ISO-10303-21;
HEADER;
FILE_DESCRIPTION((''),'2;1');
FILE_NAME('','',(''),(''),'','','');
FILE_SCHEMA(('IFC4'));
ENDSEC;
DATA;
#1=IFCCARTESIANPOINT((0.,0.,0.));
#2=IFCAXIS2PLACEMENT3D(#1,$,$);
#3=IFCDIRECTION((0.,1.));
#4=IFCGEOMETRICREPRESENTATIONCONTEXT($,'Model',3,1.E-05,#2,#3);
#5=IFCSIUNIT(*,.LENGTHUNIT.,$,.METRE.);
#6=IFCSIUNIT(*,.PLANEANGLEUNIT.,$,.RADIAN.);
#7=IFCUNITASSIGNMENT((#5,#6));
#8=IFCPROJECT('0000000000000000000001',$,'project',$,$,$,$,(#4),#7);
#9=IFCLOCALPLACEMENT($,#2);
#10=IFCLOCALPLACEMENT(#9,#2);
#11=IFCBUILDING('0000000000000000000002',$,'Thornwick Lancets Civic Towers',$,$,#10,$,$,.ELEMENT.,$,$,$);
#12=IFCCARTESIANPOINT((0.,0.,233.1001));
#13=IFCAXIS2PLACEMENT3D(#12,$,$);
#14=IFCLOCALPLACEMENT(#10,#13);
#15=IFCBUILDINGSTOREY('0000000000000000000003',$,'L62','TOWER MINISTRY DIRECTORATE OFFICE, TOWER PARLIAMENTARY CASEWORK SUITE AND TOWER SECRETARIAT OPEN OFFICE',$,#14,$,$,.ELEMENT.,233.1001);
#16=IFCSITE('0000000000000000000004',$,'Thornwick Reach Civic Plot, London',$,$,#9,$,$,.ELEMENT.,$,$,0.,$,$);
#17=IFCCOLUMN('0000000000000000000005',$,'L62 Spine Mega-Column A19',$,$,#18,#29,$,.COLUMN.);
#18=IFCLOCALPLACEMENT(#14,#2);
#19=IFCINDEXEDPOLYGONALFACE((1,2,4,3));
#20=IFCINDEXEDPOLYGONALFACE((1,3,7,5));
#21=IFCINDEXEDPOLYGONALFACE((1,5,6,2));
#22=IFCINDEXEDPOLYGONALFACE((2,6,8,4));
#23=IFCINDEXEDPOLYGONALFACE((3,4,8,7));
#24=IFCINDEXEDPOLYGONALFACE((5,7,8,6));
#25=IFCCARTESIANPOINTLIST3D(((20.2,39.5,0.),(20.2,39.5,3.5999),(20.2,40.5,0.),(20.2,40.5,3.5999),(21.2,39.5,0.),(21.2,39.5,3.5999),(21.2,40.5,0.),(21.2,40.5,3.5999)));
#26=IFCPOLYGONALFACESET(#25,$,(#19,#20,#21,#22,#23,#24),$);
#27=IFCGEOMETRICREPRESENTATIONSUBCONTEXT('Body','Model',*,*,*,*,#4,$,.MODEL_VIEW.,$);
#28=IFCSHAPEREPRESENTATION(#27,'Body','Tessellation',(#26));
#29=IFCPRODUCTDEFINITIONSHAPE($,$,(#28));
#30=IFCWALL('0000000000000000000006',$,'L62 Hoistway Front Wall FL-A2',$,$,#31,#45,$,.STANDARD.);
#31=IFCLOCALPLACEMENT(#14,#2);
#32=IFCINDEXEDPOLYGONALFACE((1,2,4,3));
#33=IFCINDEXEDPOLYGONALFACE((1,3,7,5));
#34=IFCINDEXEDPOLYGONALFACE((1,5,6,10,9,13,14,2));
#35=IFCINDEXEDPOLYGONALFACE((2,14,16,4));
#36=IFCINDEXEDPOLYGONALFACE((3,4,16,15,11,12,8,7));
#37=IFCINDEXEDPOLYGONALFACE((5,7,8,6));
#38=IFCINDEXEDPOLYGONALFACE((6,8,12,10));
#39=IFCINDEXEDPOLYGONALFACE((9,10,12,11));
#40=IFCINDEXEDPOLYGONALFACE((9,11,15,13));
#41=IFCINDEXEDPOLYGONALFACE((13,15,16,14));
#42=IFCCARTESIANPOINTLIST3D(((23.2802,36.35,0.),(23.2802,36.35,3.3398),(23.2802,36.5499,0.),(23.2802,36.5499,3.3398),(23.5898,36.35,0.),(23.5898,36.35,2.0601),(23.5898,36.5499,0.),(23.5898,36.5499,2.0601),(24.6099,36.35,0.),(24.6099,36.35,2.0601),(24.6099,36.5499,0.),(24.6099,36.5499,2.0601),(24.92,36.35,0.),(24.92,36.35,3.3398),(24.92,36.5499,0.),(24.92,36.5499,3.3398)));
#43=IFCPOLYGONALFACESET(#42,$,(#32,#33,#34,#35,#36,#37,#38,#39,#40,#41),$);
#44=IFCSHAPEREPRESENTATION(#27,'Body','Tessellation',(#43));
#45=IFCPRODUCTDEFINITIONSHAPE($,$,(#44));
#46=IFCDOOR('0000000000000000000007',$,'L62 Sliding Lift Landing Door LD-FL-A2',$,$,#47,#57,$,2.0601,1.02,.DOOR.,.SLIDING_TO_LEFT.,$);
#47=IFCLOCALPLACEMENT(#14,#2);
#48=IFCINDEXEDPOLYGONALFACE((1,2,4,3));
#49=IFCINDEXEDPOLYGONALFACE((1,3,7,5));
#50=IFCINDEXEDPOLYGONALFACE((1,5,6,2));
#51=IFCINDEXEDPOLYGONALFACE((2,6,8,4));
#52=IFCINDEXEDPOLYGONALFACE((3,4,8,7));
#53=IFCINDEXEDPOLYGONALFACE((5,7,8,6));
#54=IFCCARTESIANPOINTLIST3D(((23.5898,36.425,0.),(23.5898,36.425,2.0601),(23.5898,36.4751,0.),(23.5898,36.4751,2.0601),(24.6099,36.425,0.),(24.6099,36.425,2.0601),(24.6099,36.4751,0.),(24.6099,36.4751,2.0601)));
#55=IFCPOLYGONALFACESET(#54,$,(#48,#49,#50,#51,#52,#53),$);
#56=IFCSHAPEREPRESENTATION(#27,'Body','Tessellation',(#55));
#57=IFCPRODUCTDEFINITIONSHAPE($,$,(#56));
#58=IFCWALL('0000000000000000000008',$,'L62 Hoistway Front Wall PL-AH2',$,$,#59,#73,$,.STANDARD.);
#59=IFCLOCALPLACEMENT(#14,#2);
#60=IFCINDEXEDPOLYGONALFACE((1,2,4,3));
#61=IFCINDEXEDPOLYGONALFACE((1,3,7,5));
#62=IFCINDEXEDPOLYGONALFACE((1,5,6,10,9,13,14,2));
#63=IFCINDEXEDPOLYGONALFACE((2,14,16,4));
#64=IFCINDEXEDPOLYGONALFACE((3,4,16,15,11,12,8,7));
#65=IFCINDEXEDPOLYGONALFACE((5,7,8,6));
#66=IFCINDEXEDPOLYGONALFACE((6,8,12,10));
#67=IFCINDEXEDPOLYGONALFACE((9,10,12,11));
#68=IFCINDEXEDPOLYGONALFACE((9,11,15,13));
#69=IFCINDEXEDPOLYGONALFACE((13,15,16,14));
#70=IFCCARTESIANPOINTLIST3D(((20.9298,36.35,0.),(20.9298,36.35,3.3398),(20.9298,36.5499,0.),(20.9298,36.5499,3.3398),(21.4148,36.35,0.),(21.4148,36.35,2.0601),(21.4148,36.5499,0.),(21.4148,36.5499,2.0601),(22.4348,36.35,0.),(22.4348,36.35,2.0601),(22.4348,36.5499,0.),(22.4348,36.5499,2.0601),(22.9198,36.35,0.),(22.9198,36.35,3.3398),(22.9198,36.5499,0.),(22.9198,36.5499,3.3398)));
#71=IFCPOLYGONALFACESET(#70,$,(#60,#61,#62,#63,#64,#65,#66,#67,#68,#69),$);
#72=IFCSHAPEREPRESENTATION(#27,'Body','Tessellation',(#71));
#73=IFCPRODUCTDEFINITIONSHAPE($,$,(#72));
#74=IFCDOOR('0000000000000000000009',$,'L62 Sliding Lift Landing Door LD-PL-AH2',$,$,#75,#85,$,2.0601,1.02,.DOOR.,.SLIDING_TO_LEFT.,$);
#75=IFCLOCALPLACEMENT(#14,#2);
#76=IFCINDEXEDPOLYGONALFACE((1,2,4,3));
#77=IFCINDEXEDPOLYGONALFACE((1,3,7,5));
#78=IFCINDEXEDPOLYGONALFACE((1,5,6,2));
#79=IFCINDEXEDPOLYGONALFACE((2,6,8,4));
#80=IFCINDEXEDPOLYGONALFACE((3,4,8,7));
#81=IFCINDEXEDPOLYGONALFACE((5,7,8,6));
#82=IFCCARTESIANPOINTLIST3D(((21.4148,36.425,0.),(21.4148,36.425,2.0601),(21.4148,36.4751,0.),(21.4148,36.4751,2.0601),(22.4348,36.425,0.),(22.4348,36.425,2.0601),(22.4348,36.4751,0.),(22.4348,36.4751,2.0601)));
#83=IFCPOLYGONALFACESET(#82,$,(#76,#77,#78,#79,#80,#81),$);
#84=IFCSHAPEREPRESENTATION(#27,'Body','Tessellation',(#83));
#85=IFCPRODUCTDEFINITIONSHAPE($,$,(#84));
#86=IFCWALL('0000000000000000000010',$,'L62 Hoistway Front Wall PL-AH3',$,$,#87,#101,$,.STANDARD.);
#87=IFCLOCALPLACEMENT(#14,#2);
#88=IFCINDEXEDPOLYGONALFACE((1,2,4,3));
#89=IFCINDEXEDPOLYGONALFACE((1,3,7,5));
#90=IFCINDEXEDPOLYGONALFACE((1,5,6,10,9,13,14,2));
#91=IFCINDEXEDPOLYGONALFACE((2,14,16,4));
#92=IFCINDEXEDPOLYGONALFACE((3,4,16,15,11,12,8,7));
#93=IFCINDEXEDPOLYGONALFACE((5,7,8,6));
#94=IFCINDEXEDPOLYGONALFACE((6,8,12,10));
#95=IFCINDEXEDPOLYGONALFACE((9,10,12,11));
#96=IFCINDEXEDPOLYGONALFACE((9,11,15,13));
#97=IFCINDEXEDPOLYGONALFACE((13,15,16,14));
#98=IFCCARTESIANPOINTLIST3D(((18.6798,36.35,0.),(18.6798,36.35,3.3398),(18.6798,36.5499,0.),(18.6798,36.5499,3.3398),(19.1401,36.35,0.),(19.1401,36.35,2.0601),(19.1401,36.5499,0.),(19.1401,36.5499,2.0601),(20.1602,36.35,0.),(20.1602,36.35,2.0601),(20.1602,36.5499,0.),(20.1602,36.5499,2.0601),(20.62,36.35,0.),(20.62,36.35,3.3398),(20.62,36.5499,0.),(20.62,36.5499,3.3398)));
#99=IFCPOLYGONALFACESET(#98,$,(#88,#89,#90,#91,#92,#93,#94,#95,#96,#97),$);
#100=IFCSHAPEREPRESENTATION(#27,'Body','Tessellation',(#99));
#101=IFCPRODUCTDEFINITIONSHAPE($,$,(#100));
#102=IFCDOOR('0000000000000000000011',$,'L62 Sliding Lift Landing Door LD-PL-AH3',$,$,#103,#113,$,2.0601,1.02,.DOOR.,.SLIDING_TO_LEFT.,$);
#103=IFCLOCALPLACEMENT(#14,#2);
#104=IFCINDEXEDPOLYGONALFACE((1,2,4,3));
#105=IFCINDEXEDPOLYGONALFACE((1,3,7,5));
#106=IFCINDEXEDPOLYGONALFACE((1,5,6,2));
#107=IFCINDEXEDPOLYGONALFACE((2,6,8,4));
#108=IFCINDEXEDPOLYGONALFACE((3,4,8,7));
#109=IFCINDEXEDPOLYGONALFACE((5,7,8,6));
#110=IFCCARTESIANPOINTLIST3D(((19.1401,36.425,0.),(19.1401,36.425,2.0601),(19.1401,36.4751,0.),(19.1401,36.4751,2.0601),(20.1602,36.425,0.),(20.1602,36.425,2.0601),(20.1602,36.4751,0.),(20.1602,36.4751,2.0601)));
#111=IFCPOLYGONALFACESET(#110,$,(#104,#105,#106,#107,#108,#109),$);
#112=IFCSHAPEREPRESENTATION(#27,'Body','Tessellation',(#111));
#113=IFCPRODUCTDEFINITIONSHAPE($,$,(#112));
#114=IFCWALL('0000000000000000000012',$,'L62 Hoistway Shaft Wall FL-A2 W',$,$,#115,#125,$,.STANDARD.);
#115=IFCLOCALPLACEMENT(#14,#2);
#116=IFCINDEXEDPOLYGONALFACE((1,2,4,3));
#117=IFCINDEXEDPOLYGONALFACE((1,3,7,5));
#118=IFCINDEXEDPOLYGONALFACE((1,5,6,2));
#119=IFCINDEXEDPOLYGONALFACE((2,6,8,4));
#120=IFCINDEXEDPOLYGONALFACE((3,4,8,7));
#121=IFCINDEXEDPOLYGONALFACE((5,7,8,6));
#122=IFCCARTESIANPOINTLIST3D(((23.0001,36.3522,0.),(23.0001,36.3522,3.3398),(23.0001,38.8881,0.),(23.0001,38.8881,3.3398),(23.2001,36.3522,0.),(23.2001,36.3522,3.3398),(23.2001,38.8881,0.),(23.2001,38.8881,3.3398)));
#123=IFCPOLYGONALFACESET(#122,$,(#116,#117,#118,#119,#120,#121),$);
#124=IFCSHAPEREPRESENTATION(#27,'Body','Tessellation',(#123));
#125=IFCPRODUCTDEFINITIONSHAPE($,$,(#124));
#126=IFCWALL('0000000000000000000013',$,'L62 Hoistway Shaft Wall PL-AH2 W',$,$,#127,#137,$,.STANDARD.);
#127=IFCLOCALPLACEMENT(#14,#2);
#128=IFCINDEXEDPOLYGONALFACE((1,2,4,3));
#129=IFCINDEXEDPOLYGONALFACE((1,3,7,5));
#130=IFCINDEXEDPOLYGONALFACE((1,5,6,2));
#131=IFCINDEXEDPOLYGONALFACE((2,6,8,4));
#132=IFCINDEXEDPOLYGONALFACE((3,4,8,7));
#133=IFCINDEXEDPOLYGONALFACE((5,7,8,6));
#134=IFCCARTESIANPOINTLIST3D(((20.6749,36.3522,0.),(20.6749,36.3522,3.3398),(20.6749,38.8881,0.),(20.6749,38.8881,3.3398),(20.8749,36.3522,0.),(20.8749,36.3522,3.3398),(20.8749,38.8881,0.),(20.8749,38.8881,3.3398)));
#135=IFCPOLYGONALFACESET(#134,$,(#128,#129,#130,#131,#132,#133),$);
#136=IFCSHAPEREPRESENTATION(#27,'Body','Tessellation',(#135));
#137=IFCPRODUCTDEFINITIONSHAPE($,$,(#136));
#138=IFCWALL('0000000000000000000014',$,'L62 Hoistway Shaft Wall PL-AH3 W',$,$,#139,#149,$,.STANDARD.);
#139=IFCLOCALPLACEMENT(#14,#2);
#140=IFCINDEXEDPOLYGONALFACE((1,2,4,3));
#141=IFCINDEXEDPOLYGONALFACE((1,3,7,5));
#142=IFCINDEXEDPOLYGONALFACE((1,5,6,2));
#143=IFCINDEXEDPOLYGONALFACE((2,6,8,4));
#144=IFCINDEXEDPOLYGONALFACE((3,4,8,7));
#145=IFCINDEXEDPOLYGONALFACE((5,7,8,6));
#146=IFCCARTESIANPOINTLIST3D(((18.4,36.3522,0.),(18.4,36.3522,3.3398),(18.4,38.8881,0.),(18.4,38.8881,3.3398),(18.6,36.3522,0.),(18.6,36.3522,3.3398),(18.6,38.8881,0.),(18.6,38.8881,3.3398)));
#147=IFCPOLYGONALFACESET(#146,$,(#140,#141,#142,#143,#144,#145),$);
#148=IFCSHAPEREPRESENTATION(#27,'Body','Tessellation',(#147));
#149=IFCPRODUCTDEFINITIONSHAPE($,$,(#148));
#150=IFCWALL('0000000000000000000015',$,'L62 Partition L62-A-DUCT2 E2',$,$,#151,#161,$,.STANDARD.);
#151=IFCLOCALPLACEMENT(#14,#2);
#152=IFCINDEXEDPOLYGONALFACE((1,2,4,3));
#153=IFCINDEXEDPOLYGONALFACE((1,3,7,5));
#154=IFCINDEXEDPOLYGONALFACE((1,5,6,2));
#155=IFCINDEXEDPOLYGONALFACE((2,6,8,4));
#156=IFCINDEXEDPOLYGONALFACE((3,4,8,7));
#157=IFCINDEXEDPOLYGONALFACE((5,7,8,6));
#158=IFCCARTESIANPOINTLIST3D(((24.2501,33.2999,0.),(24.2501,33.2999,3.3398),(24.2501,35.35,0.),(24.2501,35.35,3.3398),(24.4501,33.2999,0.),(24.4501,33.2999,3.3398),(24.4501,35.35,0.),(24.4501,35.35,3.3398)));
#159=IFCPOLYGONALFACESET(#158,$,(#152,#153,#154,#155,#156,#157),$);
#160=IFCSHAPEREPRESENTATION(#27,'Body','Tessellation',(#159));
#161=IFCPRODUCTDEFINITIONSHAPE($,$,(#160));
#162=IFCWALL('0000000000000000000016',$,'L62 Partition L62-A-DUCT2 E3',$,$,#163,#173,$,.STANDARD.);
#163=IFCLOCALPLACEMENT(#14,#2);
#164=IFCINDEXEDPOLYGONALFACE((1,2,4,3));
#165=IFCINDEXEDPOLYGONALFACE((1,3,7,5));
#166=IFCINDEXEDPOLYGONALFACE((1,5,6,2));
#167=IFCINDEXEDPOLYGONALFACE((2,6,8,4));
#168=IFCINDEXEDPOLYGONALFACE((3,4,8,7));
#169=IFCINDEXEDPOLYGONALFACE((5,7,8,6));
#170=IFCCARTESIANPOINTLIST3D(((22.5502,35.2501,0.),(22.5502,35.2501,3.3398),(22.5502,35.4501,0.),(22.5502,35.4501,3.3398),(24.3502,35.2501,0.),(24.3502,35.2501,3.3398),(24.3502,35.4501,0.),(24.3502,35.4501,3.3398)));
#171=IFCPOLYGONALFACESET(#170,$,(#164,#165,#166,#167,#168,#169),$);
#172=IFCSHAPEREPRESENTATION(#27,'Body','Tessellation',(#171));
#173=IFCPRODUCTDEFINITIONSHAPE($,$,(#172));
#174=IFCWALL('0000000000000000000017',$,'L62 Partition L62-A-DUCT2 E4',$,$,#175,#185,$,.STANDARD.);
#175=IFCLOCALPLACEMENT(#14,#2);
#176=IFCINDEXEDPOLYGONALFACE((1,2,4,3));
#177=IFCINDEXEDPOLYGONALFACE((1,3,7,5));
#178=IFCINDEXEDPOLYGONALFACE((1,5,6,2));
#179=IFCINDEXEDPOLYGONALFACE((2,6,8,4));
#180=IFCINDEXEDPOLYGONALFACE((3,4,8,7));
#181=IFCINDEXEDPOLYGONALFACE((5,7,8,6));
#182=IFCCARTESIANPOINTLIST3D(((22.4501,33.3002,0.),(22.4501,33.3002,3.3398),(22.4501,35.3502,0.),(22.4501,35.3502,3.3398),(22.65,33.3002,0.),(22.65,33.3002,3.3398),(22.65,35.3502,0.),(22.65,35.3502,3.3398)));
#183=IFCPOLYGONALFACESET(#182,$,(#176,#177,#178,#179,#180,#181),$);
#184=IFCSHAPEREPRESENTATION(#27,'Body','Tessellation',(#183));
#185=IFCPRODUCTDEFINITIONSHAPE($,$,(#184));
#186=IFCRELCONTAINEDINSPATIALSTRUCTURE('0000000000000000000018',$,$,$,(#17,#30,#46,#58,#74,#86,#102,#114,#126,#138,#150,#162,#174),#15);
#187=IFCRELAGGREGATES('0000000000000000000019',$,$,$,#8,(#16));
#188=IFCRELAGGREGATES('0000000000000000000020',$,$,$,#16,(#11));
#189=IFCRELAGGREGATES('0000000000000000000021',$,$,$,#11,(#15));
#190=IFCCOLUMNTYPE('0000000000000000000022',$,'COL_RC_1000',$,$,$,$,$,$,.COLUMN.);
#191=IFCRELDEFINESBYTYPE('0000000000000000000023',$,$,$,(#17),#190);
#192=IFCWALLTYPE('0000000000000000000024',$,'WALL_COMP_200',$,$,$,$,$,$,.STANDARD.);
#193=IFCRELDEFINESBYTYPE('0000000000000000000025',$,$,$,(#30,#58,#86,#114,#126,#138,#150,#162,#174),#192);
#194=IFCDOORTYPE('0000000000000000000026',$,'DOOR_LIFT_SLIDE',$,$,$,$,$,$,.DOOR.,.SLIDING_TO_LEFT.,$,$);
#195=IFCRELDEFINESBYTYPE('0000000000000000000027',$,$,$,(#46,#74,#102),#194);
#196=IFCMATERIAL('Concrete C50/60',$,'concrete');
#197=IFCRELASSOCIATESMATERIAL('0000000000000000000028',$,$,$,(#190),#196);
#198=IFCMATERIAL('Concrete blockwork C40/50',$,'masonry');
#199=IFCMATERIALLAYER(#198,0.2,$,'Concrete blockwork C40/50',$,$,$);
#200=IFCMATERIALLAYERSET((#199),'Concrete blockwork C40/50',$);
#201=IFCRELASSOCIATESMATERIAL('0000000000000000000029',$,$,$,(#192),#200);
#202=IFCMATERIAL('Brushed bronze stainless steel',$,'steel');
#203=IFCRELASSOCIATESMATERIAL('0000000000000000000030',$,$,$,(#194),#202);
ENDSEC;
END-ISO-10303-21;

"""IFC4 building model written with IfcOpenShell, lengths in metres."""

from ifc_helpers import new_model, si_unit, direction, frame, frame_2d, origin, origin_2d, place, context, subcontext, project, spatial, rectangle, extrude, material, layer, layer_set, material_profile, profile_set, type_object, element, fill, save


model = new_model("IFC4")

# Units and contexts
model_context = context("Model", 3, precision=1e-05, world=origin(), true_north=direction((0.0, 1.0)))
body_context = subcontext(model_context, "Body", "Model", "MODEL_VIEW")
ifc_project = project(units=[si_unit("LENGTHUNIT", "METRE"), si_unit("PLANEANGLEUNIT", "RADIAN")], contexts=[model_context])

# Site, building, storey
site_placement = place(None, origin())
site = spatial("IfcSite", under=ifc_project, at=site_placement, Name="Thornwick Reach Civic Plot, London", CompositionType="ELEMENT", RefElevation=0.0)
building_placement = place(site_placement, origin())
building = spatial("IfcBuilding", under=site, at=building_placement, Name="Thornwick Lancets Civic Towers", CompositionType="ELEMENT")
storey_placement = place(building_placement, frame((0.0, 0.0, 233.1001)))
storey = spatial("IfcBuildingStorey", under=building, at=storey_placement, Name="L62", Description="TOWER MINISTRY DIRECTORATE OFFICE, TOWER PARLIAMENTARY CASEWORK SUITE AND TOWER SECRETARIAT OPEN OFFICE", CompositionType="ELEMENT", Elevation=233.1001)

# Column
ifc_material_1 = material(Name="Concrete C50/60", Category="concrete")
ifc_material_profile = material_profile(ifc_material_1, rectangle(XDim=1.0, YDim=1.0, at=origin_2d()), Name="RC 1000x1000")
ifc_profile_set = profile_set([ifc_material_profile], Name="Concrete C50/60")
column_type = type_object("IfcColumnType", Name="COL_RC_1000", PredefinedType="COLUMN", material=ifc_profile_set)
column_placement = place(storey_placement, frame((20.7, 40.0, 0.0), z_axis=(0.0, 0.0, 1.0), x_axis=(1.0, 0.0, 0.0)))
element("IfcColumn", 1, at=column_placement, inside=storey, type_object=column_type, Name="L62 Spine Mega-Column A19", PredefinedType="COLUMN", context=body_context, shape_type="SweptSolid", body=[
    extrude(rectangle(XDim=1.0, YDim=1.0, at=origin_2d()), origin(), (0.0, 0.0, 1.0), 3.5999),
])

# Walls, openings, doors
ifc_material_2 = material(Name="Concrete blockwork C40/50", Category="masonry")
ifc_layer_1 = layer(ifc_material_2, 0.2, Name="Concrete blockwork C40/50")
ifc_layer_set_1 = layer_set([ifc_layer_1], Name="Concrete blockwork C40/50")
wall_type_1 = type_object("IfcWallType", Name="WALL_COMP_200", PredefinedType="STANDARD", material=ifc_layer_set_1)
wall_1_placement = place(storey_placement, frame((24.9199, 36.45, 0.0), z_axis=(0.0, 0.0, 1.0), x_axis=(-1.0, 0.0, 0.0)))
wall_1 = element("IfcWall", 2, at=wall_1_placement, inside=storey, type_object=wall_type_1, Name="L62 Hoistway Front Wall FL-A2", PredefinedType="STANDARD", context=body_context, shape_type="SweptSolid", body=[
    extrude(rectangle(XDim=1.6399, YDim=0.2, at=frame_2d((0.8198, 0.0))), origin(), (0.0, 0.0, 1.0), 3.3398),
])
opening_1_placement = place(wall_1_placement, frame((0.3101, 0.0, 0.0)))
opening_1 = element("IfcOpeningElement", 3, at=opening_1_placement, cuts=wall_1, PredefinedType="OPENING", context=body_context, shape_type="SweptSolid", body=[
    extrude(rectangle(XDim=1.02, YDim=2.0601, at=frame_2d((0.51, 1.03))), frame((0.0, 0.1099, 0.0), z_axis=(0.0, -1.0, 0.0), x_axis=(1.0, 0.0, 0.0)), (0.0, 0.0, 1.0), 0.22),
])
ifc_material_3 = material(Name="Brushed bronze stainless steel", Category="steel")
door_type = type_object("IfcDoorType", Name="DOOR_LIFT_SLIDE", OperationType="SLIDING_TO_LEFT", PredefinedType="DOOR", material=ifc_material_3)
door_1_placement = place(opening_1_placement, origin())
door_1 = element("IfcDoor", 4, at=door_1_placement, inside=storey, type_object=door_type, Name="L62 Sliding Lift Landing Door LD-FL-A2", OperationType="SLIDING_TO_LEFT", OverallHeight=2.0601, OverallWidth=1.02, PredefinedType="DOOR", context=body_context, shape_type="SweptSolid", body=[
    extrude(rectangle(XDim=1.02, YDim=2.0601, at=frame_2d((0.51, 1.03))), frame((0.0, 0.0249, 0.0), z_axis=(0.0, -1.0, 0.0), x_axis=(1.0, 0.0, 0.0)), (0.0, 0.0, 1.0), 0.05),
])
fill(opening_1, door_1)
wall_2_placement = place(storey_placement, frame((22.9199, 36.45, 0.0), z_axis=(0.0, 0.0, 1.0), x_axis=(-1.0, 0.0, 0.0)))
wall_2 = element("IfcWall", 5, at=wall_2_placement, inside=storey, type_object=wall_type_1, Name="L62 Hoistway Front Wall PL-AH2", PredefinedType="STANDARD", context=body_context, shape_type="SweptSolid", body=[
    extrude(rectangle(XDim=1.99, YDim=0.2, at=frame_2d((0.9951, 0.0))), origin(), (0.0, 0.0, 1.0), 3.3398),
])
opening_2_placement = place(wall_2_placement, frame((0.4851, 0.0, 0.0)))
opening_2 = element("IfcOpeningElement", 6, at=opening_2_placement, cuts=wall_2, PredefinedType="OPENING", context=body_context, shape_type="SweptSolid", body=[
    extrude(rectangle(XDim=1.02, YDim=2.0601, at=frame_2d((0.51, 1.03))), frame((0.0, 0.1099, 0.0), z_axis=(0.0, -1.0, 0.0), x_axis=(1.0, 0.0, 0.0)), (0.0, 0.0, 1.0), 0.22),
])
door_2_placement = place(opening_2_placement, origin())
door_2 = element("IfcDoor", 7, at=door_2_placement, inside=storey, type_object=door_type, Name="L62 Sliding Lift Landing Door LD-PL-AH2", OperationType="SLIDING_TO_LEFT", OverallHeight=2.0601, OverallWidth=1.02, PredefinedType="DOOR", context=body_context, shape_type="SweptSolid", body=[
    extrude(rectangle(XDim=1.02, YDim=2.0601, at=frame_2d((0.51, 1.03))), frame((0.0, 0.0249, 0.0), z_axis=(0.0, -1.0, 0.0), x_axis=(1.0, 0.0, 0.0)), (0.0, 0.0, 1.0), 0.05),
])
fill(opening_2, door_2)
wall_3_placement = place(storey_placement, frame((20.6201, 36.45, 0.0), z_axis=(0.0, 0.0, 1.0), x_axis=(-1.0, 0.0, 0.0)))
wall_3 = element("IfcWall", 8, at=wall_3_placement, inside=storey, type_object=wall_type_1, Name="L62 Hoistway Front Wall PL-AH3", PredefinedType="STANDARD", context=body_context, shape_type="SweptSolid", body=[
    extrude(rectangle(XDim=1.9402, YDim=0.2, at=frame_2d((0.9702, 0.0))), origin(), (0.0, 0.0, 1.0), 3.3398),
])
opening_3_placement = place(wall_3_placement, frame((0.46, 0.0, 0.0)))
opening_3 = element("IfcOpeningElement", 9, at=opening_3_placement, cuts=wall_3, PredefinedType="OPENING", context=body_context, shape_type="SweptSolid", body=[
    extrude(rectangle(XDim=1.02, YDim=2.0601, at=frame_2d((0.51, 1.03))), frame((0.0, 0.1099, 0.0), z_axis=(0.0, -1.0, 0.0), x_axis=(1.0, 0.0, 0.0)), (0.0, 0.0, 1.0), 0.22),
])
door_3_placement = place(opening_3_placement, origin())
door_3 = element("IfcDoor", 10, at=door_3_placement, inside=storey, type_object=door_type, Name="L62 Sliding Lift Landing Door LD-PL-AH3", OperationType="SLIDING_TO_LEFT", OverallHeight=2.0601, OverallWidth=1.02, PredefinedType="DOOR", context=body_context, shape_type="SweptSolid", body=[
    extrude(rectangle(XDim=1.02, YDim=2.0601, at=frame_2d((0.51, 1.03))), frame((0.0, 0.0249, 0.0), z_axis=(0.0, -1.0, 0.0), x_axis=(1.0, 0.0, 0.0)), (0.0, 0.0, 1.0), 0.05),
])
fill(opening_3, door_3)

# Walls
for number, where, z_axis, x_axis, name in (
    (11, (23.1001, 36.3521, 0.0), (0.0, 0.0, 1.0), (0.0, 1.0, 0.0), "L62 Hoistway Shaft Wall FL-A2 W"),
    (12, (20.7749, 36.3521, 0.0), (0.0, 0.0, 1.0), (0.0, 1.0, 0.0), "L62 Hoistway Shaft Wall PL-AH2 W"),
    (13, (18.5, 36.3521, 0.0), (0.0, 0.0, 1.0), (0.0, 1.0, 0.0), "L62 Hoistway Shaft Wall PL-AH3 W"),
):
    element("IfcWall", number, at=place(storey_placement, frame(where, z_axis=z_axis, x_axis=x_axis)), inside=storey, type_object=wall_type_1, Name=name, PredefinedType="STANDARD", context=body_context, shape_type="SweptSolid", body=[
        extrude(rectangle(XDim=2.5359, YDim=0.2, at=frame_2d((1.2681, 0.0))), origin(), (0.0, 0.0, 1.0), 3.3398),
    ])
wall_4_placement = place(storey_placement, frame((24.3501, 33.3, 0.0), z_axis=(0.0, 0.0, 1.0), x_axis=(0.0, 1.0, 0.0)))
element("IfcWall", 14, at=wall_4_placement, inside=storey, type_object=wall_type_1, Name="L62 Partition L62-A-DUCT2 E2", PredefinedType="STANDARD", context=body_context, shape_type="SweptSolid", body=[
    extrude(rectangle(XDim=2.05, YDim=0.2, at=frame_2d((1.0249, 0.0))), origin(), (0.0, 0.0, 1.0), 3.3398),
])
wall_5_placement = place(storey_placement, frame((24.3501, 35.3501, 0.0), z_axis=(0.0, 0.0, 1.0), x_axis=(-1.0, 0.0, 0.0)))
element("IfcWall", 15, at=wall_5_placement, inside=storey, type_object=wall_type_1, Name="L62 Partition L62-A-DUCT2 E3", PredefinedType="STANDARD", context=body_context, shape_type="SweptSolid", body=[
    extrude(rectangle(XDim=1.8, YDim=0.2, at=frame_2d((0.8999, 0.0))), origin(), (0.0, 0.0, 1.0), 3.3398),
])
wall_6_placement = place(storey_placement, frame((22.55, 35.3501, 0.0), z_axis=(0.0, 0.0, 1.0), x_axis=(0.0, -1.0, 0.0)))
element("IfcWall", 16, at=wall_6_placement, inside=storey, type_object=wall_type_1, Name="L62 Partition L62-A-DUCT2 E4", PredefinedType="STANDARD", context=body_context, shape_type="SweptSolid", body=[
    extrude(rectangle(XDim=2.05, YDim=0.2, at=frame_2d((1.0249, 0.0))), origin(), (0.0, 0.0, 1.0), 3.3398),
])

save(model, "model.ifc")
